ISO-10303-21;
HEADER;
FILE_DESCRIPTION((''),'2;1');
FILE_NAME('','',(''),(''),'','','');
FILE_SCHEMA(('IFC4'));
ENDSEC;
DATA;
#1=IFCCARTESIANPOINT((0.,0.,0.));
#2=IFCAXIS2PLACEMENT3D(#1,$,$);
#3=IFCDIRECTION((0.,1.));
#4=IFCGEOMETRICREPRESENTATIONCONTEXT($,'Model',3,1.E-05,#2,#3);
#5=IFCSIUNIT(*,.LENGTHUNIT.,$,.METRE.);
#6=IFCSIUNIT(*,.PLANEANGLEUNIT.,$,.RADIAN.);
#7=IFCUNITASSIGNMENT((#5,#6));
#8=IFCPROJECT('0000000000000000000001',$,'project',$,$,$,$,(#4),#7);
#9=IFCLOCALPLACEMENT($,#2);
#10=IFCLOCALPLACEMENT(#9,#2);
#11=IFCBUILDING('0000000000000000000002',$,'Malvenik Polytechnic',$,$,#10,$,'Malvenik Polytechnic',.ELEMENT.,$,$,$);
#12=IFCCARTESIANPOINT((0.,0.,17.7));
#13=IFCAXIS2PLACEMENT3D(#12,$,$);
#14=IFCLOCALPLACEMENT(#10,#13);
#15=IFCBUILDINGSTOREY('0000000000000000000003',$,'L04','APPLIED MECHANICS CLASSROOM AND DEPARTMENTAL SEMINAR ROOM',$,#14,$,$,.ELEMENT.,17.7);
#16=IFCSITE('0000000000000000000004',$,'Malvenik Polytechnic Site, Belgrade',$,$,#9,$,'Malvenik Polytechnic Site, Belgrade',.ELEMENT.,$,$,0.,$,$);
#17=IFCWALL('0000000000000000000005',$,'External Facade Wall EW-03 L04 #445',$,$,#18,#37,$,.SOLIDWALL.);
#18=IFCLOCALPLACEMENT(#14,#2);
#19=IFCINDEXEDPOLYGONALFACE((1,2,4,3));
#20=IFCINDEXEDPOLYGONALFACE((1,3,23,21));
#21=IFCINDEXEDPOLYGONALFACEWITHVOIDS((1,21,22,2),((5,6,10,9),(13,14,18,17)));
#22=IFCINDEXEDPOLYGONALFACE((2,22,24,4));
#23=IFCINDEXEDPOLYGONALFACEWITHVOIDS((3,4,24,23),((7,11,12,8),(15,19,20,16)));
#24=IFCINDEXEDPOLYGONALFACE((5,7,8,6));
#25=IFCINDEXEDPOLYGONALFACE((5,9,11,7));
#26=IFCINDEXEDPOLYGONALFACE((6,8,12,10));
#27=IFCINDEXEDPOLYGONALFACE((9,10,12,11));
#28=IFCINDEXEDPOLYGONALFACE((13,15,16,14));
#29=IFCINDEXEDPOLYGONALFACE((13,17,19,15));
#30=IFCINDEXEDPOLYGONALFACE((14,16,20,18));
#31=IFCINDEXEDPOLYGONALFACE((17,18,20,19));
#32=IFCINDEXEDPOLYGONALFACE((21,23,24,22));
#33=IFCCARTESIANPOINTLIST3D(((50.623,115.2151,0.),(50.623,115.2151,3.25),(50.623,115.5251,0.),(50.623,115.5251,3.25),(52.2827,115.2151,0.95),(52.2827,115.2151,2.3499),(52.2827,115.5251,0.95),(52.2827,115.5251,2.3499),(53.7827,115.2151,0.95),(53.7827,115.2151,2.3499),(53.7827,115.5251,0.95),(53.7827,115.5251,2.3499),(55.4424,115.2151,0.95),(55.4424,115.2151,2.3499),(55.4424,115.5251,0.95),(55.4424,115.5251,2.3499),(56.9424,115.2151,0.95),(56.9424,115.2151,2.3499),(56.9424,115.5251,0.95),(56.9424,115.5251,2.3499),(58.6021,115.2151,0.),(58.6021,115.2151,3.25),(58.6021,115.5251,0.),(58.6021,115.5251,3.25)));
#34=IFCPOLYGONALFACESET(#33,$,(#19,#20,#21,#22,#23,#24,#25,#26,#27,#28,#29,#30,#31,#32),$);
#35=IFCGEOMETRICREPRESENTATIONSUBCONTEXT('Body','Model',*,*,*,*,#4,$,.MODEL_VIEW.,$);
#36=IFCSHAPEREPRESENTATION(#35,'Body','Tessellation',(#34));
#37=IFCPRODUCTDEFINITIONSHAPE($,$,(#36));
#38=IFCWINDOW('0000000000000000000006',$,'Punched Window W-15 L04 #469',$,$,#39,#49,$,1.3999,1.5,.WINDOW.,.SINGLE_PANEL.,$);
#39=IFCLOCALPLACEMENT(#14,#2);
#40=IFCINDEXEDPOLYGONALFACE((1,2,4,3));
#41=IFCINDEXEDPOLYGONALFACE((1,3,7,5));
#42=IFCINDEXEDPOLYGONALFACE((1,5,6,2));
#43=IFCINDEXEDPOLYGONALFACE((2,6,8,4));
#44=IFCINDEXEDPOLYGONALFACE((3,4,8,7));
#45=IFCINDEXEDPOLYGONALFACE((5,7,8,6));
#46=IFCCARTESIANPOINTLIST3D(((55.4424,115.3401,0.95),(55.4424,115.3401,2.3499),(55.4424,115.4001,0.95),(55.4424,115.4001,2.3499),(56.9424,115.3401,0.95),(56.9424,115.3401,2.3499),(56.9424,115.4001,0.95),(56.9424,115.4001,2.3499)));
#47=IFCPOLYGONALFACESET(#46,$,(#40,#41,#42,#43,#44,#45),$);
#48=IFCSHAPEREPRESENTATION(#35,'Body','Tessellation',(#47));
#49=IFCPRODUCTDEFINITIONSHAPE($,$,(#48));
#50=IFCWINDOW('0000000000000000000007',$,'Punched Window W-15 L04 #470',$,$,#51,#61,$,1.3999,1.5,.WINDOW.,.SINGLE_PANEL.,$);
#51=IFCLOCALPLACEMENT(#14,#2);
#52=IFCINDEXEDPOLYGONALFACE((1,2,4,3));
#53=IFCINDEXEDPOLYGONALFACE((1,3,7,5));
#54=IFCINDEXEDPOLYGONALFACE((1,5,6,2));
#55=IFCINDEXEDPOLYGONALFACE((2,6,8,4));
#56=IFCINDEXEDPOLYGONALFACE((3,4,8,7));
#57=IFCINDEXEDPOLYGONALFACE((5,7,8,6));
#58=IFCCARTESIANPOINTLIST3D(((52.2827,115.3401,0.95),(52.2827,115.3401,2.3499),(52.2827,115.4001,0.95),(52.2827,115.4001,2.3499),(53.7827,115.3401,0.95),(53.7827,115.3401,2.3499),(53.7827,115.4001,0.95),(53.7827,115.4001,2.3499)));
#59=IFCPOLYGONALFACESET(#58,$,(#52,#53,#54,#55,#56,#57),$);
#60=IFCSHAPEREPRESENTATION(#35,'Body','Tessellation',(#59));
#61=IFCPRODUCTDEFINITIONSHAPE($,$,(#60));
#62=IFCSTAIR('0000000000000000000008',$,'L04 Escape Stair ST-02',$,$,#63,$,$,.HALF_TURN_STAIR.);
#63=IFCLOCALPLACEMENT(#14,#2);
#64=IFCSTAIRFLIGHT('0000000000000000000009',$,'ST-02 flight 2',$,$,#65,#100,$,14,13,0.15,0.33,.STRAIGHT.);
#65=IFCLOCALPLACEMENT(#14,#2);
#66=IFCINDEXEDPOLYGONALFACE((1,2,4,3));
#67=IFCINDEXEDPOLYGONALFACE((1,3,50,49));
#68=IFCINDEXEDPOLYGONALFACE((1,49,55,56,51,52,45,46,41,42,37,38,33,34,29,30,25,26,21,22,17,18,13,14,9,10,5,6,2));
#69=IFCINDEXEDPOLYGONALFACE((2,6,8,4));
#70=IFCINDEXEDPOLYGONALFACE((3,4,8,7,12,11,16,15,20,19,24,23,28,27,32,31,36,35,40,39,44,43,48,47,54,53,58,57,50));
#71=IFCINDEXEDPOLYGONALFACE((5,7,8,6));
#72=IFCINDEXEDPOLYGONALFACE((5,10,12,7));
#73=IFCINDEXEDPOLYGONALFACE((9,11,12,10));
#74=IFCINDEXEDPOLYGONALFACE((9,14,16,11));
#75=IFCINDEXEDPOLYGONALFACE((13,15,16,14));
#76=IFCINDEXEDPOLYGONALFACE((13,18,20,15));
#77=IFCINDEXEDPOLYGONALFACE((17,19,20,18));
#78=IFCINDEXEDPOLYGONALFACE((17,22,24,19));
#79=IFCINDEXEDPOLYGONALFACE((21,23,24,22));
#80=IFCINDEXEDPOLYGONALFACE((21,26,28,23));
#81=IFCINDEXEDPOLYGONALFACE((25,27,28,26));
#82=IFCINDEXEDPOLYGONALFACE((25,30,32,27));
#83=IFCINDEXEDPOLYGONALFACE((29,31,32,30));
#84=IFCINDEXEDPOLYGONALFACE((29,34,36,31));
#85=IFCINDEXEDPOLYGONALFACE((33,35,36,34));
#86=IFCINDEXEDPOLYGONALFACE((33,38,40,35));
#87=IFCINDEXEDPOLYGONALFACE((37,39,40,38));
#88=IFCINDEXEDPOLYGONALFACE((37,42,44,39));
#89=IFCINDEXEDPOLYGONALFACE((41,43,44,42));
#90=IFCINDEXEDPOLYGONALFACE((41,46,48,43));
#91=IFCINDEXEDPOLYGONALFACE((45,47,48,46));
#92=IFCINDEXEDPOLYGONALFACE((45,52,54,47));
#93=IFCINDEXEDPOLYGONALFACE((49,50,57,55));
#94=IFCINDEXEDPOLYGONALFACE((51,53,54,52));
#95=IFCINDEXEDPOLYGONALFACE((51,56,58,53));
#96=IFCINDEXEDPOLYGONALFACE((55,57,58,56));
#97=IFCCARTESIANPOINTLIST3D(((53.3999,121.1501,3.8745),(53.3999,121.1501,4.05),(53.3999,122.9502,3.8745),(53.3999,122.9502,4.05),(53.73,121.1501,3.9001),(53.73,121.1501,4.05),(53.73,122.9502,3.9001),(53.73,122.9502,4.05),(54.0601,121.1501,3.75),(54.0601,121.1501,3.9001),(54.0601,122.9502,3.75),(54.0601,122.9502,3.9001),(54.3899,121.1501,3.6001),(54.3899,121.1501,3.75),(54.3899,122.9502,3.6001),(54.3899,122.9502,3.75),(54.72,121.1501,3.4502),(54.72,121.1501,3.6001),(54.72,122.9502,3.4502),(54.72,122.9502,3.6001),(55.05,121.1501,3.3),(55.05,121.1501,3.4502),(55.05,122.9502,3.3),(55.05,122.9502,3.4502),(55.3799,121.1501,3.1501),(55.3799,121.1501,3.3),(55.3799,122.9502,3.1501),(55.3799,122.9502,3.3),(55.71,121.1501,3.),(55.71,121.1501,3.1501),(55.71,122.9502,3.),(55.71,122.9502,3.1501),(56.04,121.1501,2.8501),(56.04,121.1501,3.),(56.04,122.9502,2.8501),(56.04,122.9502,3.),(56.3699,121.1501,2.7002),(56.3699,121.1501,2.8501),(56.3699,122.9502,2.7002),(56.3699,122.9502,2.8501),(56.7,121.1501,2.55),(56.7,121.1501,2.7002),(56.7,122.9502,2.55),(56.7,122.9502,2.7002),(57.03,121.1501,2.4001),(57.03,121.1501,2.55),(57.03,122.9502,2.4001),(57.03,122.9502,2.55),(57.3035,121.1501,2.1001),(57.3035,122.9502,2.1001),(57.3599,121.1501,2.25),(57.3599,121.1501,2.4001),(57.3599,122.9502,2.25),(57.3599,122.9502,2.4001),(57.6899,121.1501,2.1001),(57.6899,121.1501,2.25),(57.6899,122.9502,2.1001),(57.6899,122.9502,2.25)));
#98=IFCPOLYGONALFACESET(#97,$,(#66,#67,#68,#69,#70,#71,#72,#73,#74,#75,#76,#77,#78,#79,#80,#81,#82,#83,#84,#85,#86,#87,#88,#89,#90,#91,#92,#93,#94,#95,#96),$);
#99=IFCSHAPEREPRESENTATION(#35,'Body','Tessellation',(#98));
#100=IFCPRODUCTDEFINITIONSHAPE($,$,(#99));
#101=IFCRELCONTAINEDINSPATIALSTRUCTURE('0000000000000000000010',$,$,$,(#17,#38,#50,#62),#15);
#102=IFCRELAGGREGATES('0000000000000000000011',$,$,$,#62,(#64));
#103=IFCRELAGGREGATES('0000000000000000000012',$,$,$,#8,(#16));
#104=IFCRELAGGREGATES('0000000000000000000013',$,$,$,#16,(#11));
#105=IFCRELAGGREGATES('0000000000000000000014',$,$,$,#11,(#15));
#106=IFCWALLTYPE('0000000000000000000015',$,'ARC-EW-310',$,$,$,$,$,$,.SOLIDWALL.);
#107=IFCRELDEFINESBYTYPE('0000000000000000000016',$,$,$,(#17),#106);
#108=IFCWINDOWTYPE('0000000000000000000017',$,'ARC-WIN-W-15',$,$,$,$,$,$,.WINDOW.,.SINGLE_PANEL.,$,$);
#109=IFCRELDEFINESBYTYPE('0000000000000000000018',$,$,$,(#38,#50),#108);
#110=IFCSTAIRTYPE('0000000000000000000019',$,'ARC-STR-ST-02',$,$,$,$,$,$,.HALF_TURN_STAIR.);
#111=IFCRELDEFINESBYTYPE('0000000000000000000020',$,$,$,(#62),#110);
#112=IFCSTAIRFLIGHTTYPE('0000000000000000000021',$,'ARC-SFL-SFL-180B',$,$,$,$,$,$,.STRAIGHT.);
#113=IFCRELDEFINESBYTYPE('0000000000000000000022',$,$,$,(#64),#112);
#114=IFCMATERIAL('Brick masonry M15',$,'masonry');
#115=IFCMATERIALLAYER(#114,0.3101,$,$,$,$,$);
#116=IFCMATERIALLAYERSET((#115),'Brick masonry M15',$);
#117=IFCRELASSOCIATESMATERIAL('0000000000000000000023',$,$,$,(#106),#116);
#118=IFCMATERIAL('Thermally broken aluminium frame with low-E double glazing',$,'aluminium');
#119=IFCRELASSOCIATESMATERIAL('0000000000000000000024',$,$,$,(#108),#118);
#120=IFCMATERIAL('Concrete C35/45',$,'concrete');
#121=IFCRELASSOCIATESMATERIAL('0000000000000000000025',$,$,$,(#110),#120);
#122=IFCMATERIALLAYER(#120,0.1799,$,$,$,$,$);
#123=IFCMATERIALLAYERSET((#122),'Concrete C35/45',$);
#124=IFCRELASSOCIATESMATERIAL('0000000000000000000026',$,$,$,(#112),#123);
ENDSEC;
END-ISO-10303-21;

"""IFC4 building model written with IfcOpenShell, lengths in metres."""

from ifc_helpers import new_model, si_unit, direction, frame, frame_2d, origin, place, context, subcontext, project, spatial, polyline, rectangle, outline, extrude, material, layer, layer_set, type_object, element, fill, aggregate, save


model = new_model("IFC4")

# Units and contexts
model_context = context("Model", 3, precision=1e-05, world=origin(), true_north=direction((0.0, 1.0)))
body_context = subcontext(model_context, "Body", "Model", "MODEL_VIEW")
ifc_project = project(units=[si_unit("LENGTHUNIT", "METRE"), si_unit("PLANEANGLEUNIT", "RADIAN")], contexts=[model_context])

# Site, building, storey
site_placement = place(None, origin())
site = spatial("IfcSite", under=ifc_project, at=site_placement, Name="Malvenik Polytechnic Site, Belgrade", LongName="Malvenik Polytechnic Site, Belgrade", CompositionType="ELEMENT", RefElevation=0.0)
building_placement = place(site_placement, origin())
building = spatial("IfcBuilding", under=site, at=building_placement, Name="Malvenik Polytechnic", LongName="Malvenik Polytechnic", CompositionType="ELEMENT")
storey_placement = place(building_placement, frame((0.0, 0.0, 17.7)))
storey = spatial("IfcBuildingStorey", under=building, at=storey_placement, Name="L04", Description="APPLIED MECHANICS CLASSROOM AND DEPARTMENTAL SEMINAR ROOM", CompositionType="ELEMENT", Elevation=17.7)

# Shared definitions
ifc_material_1 = material(Name="Concrete C35/45", Category="concrete")

# Shared definitions
ifc_material_2 = material(Name="Brick masonry M15", Category="masonry")
ifc_layer_1 = layer(ifc_material_2, 0.3101)
ifc_layer_set_1 = layer_set([ifc_layer_1], Name="Brick masonry M15")
wall_type_1 = type_object("IfcWallType", Name="ARC-EW-310", PredefinedType="SOLIDWALL", material=ifc_layer_set_1)
ifc_material_3 = material(Name="Thermally broken aluminium frame with low-E double glazing", Category="aluminium")
window_type_1 = type_object("IfcWindowType", Name="ARC-WIN-W-15", PartitioningType="SINGLE_PANEL", PredefinedType="WINDOW", material=ifc_material_3)

# Wall, openings, windows
wall_1_placement = place(storey_placement, frame((58.6021, 115.3701, 0.0), z_axis=(0.0, 0.0, 1.0), x_axis=(-1.0, 0.0, 0.0)))
wall_1 = element("IfcWall", 1, at=wall_1_placement, inside=storey, type_object=wall_type_1, Name="External Facade Wall EW-03 L04 #445", PredefinedType="SOLIDWALL", context=body_context, shape_type="SweptSolid", body=[
    extrude(rectangle(XDim=7.979, YDim=0.3101, at=frame_2d((3.9895, 0.0))), origin(), (0.0, 0.0, 1.0), 3.25),
])
opening_1_placement = place(wall_1_placement, frame((1.6597, 0.0, 0.95)))
opening_1 = element("IfcOpeningElement", 2, at=opening_1_placement, cuts=wall_1, PredefinedType="OPENING", context=body_context, shape_type="SweptSolid", body=[
    extrude(rectangle(XDim=1.5, YDim=1.3999, at=frame_2d((0.75, 0.7))), frame((0.0, 0.165, 0.0), z_axis=(0.0, -1.0, 0.0), x_axis=(1.0, 0.0, 0.0)), (0.0, 0.0, 1.0), 0.3301),
])
opening_2_placement = place(wall_1_placement, frame((4.8193, 0.0, 0.95)))
opening_2 = element("IfcOpeningElement", 3, at=opening_2_placement, cuts=wall_1, PredefinedType="OPENING", context=body_context, shape_type="SweptSolid", body=[
    extrude(rectangle(XDim=1.5, YDim=1.3999, at=frame_2d((0.75, 0.7))), frame((0.0, 0.165, 0.0), z_axis=(0.0, -1.0, 0.0), x_axis=(1.0, 0.0, 0.0)), (0.0, 0.0, 1.0), 0.3301),
])
window_1_placement = place(opening_1_placement, origin())
window_1 = element("IfcWindow", 4, at=window_1_placement, inside=storey, type_object=window_type_1, Name="Punched Window W-15 L04 #469", OverallHeight=1.3999, OverallWidth=1.5, PartitioningType="SINGLE_PANEL", PredefinedType="WINDOW", context=body_context, shape_type="SweptSolid", body=[
    extrude(rectangle(XDim=1.5, YDim=1.3999, at=frame_2d((0.75, 0.7))), frame((0.0, 0.03, 0.0), z_axis=(0.0, -1.0, 0.0), x_axis=(1.0, 0.0, 0.0)), (0.0, 0.0, 1.0), 0.0601),
])
fill(opening_1, window_1)
window_2_placement = place(opening_2_placement, origin())
window_2 = element("IfcWindow", 5, at=window_2_placement, inside=storey, type_object=window_type_1, Name="Punched Window W-15 L04 #470", OverallHeight=1.3999, OverallWidth=1.5, PartitioningType="SINGLE_PANEL", PredefinedType="WINDOW", context=body_context, shape_type="SweptSolid", body=[
    extrude(rectangle(XDim=1.5, YDim=1.3999, at=frame_2d((0.75, 0.7))), frame((0.0, 0.03, 0.0), z_axis=(0.0, -1.0, 0.0), x_axis=(1.0, 0.0, 0.0)), (0.0, 0.0, 1.0), 0.0601),
])
fill(opening_2, window_2)

# Stair, stair flight
stair_type = type_object("IfcStairType", Name="ARC-STR-ST-02", PredefinedType="HALF_TURN_STAIR", material=ifc_material_1)
stair_placement = place(storey_placement, origin())
stair = element("IfcStair", 6, at=stair_placement, inside=storey, type_object=stair_type, Name="L04 Escape Stair ST-02", PredefinedType="HALF_TURN_STAIR")
ifc_layer_2 = layer(ifc_material_1, 0.1799)
ifc_layer_set_2 = layer_set([ifc_layer_2], Name="Concrete C35/45")
stair_flight_type = type_object("IfcStairFlightType", Name="ARC-SFL-SFL-180B", PredefinedType="STRAIGHT", material=ifc_layer_set_2)
stair_flight_placement = place(storey_placement, frame((57.6899, 122.05, 2.1001), z_axis=(0.0, 0.0, 1.0), x_axis=(-1.0, 0.0, 0.0)))
stair_flight = element("IfcStairFlight", 7, at=stair_flight_placement, type_object=stair_flight_type, Name="ST-02 flight 2", NumberOfRisers=14, NumberOfTreads=13, PredefinedType="STRAIGHT", RiserHeight=0.15, TreadLength=0.33, context=body_context, shape_type="SweptSolid", body=[
    extrude(outline(polyline([(0.0, 0.0), (0.0, 0.1499), (0.3301, 0.1499), (0.3301, 0.3), (0.6599, 0.3), (0.6599, 0.45), (0.99, 0.45), (0.99, 0.6001), (1.3201, 0.6001), (1.3201, 0.75), (1.6499, 0.75), (1.6499, 0.8999), (1.98, 0.8999), (1.98, 1.05), (2.3101, 1.05), (2.3101, 1.2), (2.6399, 1.2), (2.6399, 1.3501), (2.97, 1.3501), (2.97, 1.5), (3.3, 1.5), (3.3, 1.6499), (3.6299, 1.6499), (3.6299, 1.8), (3.96, 1.8), (3.96, 1.95), (4.29, 1.95), (4.29, 2.1001), (4.29, 1.7744), (0.3865, 0.0), (0.0, 0.0)])), frame((0.0, 0.8999, 0.0), z_axis=(0.0, -1.0, 0.0), x_axis=(1.0, 0.0, 0.0)), (0.0, 0.0, 1.0), 1.8),
])
aggregate(stair, [stair_flight])

save(model, "model.ifc")
